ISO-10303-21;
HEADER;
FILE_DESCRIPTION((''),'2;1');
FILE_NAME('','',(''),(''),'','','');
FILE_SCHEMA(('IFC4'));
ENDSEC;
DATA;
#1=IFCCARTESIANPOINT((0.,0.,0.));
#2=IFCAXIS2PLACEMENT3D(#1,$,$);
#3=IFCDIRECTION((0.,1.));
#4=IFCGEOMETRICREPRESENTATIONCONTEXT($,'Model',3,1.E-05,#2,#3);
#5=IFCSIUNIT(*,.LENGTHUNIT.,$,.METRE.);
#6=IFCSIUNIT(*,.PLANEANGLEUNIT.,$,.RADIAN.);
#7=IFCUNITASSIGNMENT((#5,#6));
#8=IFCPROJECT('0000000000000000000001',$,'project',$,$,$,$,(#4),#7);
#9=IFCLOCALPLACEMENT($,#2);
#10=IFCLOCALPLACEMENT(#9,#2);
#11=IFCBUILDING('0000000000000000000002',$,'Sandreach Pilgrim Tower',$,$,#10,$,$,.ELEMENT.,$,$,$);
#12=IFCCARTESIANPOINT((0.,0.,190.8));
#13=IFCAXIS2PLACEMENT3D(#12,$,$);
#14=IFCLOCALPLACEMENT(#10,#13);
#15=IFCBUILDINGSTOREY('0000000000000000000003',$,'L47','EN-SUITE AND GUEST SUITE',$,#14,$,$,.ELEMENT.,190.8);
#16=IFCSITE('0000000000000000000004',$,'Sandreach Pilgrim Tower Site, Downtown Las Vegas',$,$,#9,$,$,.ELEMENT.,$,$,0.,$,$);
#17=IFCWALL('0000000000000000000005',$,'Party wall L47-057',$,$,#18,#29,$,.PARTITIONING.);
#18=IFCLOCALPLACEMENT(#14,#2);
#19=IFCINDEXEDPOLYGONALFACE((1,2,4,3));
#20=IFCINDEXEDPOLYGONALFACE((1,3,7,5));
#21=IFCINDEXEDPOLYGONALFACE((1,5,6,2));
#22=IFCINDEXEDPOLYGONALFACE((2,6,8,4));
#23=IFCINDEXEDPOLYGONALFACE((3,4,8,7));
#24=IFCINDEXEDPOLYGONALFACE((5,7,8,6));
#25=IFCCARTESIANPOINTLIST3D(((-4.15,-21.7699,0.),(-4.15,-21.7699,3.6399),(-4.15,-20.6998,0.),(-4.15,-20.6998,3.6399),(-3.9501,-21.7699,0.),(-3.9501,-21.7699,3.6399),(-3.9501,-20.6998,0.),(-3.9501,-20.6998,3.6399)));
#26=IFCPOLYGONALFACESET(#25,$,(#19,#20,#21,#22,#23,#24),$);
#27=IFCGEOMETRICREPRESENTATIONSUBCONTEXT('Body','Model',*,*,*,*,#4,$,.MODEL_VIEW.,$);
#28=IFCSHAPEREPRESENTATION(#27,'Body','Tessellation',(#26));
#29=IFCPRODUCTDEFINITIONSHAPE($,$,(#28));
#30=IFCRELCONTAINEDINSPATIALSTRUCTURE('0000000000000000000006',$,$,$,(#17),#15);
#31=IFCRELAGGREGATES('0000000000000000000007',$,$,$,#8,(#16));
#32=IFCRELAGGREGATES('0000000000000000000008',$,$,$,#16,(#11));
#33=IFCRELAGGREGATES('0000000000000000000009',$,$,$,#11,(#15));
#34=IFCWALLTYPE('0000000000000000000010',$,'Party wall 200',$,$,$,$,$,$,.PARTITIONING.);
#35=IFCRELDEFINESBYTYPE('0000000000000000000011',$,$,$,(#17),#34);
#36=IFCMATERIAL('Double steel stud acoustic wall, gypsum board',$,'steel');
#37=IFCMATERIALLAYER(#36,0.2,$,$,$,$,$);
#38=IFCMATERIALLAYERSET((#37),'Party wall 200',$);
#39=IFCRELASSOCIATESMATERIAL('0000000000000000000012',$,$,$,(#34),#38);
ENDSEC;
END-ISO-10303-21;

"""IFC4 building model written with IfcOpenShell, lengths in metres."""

from ifc_helpers import new_model, si_unit, direction, frame, frame_2d, origin, place, context, subcontext, project, spatial, rectangle, extrude, material, layer, layer_set, type_object, element, save


model = new_model("IFC4")

# Units and contexts
model_context = context("Model", 3, precision=1e-05, world=origin(), true_north=direction((0.0, 1.0)))
body_context = subcontext(model_context, "Body", "Model", "MODEL_VIEW")
ifc_project = project(units=[si_unit("LENGTHUNIT", "METRE"), si_unit("PLANEANGLEUNIT", "RADIAN")], contexts=[model_context])

# Site, building, storey
site_placement = place(None, origin())
site = spatial("IfcSite", under=ifc_project, at=site_placement, Name="Sandreach Pilgrim Tower Site, Downtown Las Vegas", CompositionType="ELEMENT", RefElevation=0.0)
building_placement = place(site_placement, origin())
building = spatial("IfcBuilding", under=site, at=building_placement, Name="Sandreach Pilgrim Tower", CompositionType="ELEMENT")
storey_placement = place(building_placement, frame((0.0, 0.0, 190.8)))
storey = spatial("IfcBuildingStorey", under=building, at=storey_placement, Name="L47", Description="EN-SUITE AND GUEST SUITE", CompositionType="ELEMENT", Elevation=190.8)

# Wall
ifc_material_1 = material(Name="Double steel stud acoustic wall, gypsum board", Category="steel")
ifc_layer_1 = layer(ifc_material_1, 0.2)
ifc_layer_set_1 = layer_set([ifc_layer_1], Name="Party wall 200")
wall_type_1 = type_object("IfcWallType", Name="Party wall 200", PredefinedType="PARTITIONING", material=ifc_layer_set_1)
wall_1_placement = place(storey_placement, frame((-4.05, -21.77, 0.0), z_axis=(0.0, 0.0, 1.0), x_axis=(0.0, 1.0, 0.0)))
element("IfcWall", 1, at=wall_1_placement, inside=storey, type_object=wall_type_1, Name="Party wall L47-057", PredefinedType="PARTITIONING", context=body_context, shape_type="SweptSolid", body=[
    extrude(rectangle(XDim=1.0701, YDim=0.2, at=frame_2d((0.5352, 0.0))), origin(), (0.0, 0.0, 1.0), 3.6399),
])

save(model, "model.ifc")
